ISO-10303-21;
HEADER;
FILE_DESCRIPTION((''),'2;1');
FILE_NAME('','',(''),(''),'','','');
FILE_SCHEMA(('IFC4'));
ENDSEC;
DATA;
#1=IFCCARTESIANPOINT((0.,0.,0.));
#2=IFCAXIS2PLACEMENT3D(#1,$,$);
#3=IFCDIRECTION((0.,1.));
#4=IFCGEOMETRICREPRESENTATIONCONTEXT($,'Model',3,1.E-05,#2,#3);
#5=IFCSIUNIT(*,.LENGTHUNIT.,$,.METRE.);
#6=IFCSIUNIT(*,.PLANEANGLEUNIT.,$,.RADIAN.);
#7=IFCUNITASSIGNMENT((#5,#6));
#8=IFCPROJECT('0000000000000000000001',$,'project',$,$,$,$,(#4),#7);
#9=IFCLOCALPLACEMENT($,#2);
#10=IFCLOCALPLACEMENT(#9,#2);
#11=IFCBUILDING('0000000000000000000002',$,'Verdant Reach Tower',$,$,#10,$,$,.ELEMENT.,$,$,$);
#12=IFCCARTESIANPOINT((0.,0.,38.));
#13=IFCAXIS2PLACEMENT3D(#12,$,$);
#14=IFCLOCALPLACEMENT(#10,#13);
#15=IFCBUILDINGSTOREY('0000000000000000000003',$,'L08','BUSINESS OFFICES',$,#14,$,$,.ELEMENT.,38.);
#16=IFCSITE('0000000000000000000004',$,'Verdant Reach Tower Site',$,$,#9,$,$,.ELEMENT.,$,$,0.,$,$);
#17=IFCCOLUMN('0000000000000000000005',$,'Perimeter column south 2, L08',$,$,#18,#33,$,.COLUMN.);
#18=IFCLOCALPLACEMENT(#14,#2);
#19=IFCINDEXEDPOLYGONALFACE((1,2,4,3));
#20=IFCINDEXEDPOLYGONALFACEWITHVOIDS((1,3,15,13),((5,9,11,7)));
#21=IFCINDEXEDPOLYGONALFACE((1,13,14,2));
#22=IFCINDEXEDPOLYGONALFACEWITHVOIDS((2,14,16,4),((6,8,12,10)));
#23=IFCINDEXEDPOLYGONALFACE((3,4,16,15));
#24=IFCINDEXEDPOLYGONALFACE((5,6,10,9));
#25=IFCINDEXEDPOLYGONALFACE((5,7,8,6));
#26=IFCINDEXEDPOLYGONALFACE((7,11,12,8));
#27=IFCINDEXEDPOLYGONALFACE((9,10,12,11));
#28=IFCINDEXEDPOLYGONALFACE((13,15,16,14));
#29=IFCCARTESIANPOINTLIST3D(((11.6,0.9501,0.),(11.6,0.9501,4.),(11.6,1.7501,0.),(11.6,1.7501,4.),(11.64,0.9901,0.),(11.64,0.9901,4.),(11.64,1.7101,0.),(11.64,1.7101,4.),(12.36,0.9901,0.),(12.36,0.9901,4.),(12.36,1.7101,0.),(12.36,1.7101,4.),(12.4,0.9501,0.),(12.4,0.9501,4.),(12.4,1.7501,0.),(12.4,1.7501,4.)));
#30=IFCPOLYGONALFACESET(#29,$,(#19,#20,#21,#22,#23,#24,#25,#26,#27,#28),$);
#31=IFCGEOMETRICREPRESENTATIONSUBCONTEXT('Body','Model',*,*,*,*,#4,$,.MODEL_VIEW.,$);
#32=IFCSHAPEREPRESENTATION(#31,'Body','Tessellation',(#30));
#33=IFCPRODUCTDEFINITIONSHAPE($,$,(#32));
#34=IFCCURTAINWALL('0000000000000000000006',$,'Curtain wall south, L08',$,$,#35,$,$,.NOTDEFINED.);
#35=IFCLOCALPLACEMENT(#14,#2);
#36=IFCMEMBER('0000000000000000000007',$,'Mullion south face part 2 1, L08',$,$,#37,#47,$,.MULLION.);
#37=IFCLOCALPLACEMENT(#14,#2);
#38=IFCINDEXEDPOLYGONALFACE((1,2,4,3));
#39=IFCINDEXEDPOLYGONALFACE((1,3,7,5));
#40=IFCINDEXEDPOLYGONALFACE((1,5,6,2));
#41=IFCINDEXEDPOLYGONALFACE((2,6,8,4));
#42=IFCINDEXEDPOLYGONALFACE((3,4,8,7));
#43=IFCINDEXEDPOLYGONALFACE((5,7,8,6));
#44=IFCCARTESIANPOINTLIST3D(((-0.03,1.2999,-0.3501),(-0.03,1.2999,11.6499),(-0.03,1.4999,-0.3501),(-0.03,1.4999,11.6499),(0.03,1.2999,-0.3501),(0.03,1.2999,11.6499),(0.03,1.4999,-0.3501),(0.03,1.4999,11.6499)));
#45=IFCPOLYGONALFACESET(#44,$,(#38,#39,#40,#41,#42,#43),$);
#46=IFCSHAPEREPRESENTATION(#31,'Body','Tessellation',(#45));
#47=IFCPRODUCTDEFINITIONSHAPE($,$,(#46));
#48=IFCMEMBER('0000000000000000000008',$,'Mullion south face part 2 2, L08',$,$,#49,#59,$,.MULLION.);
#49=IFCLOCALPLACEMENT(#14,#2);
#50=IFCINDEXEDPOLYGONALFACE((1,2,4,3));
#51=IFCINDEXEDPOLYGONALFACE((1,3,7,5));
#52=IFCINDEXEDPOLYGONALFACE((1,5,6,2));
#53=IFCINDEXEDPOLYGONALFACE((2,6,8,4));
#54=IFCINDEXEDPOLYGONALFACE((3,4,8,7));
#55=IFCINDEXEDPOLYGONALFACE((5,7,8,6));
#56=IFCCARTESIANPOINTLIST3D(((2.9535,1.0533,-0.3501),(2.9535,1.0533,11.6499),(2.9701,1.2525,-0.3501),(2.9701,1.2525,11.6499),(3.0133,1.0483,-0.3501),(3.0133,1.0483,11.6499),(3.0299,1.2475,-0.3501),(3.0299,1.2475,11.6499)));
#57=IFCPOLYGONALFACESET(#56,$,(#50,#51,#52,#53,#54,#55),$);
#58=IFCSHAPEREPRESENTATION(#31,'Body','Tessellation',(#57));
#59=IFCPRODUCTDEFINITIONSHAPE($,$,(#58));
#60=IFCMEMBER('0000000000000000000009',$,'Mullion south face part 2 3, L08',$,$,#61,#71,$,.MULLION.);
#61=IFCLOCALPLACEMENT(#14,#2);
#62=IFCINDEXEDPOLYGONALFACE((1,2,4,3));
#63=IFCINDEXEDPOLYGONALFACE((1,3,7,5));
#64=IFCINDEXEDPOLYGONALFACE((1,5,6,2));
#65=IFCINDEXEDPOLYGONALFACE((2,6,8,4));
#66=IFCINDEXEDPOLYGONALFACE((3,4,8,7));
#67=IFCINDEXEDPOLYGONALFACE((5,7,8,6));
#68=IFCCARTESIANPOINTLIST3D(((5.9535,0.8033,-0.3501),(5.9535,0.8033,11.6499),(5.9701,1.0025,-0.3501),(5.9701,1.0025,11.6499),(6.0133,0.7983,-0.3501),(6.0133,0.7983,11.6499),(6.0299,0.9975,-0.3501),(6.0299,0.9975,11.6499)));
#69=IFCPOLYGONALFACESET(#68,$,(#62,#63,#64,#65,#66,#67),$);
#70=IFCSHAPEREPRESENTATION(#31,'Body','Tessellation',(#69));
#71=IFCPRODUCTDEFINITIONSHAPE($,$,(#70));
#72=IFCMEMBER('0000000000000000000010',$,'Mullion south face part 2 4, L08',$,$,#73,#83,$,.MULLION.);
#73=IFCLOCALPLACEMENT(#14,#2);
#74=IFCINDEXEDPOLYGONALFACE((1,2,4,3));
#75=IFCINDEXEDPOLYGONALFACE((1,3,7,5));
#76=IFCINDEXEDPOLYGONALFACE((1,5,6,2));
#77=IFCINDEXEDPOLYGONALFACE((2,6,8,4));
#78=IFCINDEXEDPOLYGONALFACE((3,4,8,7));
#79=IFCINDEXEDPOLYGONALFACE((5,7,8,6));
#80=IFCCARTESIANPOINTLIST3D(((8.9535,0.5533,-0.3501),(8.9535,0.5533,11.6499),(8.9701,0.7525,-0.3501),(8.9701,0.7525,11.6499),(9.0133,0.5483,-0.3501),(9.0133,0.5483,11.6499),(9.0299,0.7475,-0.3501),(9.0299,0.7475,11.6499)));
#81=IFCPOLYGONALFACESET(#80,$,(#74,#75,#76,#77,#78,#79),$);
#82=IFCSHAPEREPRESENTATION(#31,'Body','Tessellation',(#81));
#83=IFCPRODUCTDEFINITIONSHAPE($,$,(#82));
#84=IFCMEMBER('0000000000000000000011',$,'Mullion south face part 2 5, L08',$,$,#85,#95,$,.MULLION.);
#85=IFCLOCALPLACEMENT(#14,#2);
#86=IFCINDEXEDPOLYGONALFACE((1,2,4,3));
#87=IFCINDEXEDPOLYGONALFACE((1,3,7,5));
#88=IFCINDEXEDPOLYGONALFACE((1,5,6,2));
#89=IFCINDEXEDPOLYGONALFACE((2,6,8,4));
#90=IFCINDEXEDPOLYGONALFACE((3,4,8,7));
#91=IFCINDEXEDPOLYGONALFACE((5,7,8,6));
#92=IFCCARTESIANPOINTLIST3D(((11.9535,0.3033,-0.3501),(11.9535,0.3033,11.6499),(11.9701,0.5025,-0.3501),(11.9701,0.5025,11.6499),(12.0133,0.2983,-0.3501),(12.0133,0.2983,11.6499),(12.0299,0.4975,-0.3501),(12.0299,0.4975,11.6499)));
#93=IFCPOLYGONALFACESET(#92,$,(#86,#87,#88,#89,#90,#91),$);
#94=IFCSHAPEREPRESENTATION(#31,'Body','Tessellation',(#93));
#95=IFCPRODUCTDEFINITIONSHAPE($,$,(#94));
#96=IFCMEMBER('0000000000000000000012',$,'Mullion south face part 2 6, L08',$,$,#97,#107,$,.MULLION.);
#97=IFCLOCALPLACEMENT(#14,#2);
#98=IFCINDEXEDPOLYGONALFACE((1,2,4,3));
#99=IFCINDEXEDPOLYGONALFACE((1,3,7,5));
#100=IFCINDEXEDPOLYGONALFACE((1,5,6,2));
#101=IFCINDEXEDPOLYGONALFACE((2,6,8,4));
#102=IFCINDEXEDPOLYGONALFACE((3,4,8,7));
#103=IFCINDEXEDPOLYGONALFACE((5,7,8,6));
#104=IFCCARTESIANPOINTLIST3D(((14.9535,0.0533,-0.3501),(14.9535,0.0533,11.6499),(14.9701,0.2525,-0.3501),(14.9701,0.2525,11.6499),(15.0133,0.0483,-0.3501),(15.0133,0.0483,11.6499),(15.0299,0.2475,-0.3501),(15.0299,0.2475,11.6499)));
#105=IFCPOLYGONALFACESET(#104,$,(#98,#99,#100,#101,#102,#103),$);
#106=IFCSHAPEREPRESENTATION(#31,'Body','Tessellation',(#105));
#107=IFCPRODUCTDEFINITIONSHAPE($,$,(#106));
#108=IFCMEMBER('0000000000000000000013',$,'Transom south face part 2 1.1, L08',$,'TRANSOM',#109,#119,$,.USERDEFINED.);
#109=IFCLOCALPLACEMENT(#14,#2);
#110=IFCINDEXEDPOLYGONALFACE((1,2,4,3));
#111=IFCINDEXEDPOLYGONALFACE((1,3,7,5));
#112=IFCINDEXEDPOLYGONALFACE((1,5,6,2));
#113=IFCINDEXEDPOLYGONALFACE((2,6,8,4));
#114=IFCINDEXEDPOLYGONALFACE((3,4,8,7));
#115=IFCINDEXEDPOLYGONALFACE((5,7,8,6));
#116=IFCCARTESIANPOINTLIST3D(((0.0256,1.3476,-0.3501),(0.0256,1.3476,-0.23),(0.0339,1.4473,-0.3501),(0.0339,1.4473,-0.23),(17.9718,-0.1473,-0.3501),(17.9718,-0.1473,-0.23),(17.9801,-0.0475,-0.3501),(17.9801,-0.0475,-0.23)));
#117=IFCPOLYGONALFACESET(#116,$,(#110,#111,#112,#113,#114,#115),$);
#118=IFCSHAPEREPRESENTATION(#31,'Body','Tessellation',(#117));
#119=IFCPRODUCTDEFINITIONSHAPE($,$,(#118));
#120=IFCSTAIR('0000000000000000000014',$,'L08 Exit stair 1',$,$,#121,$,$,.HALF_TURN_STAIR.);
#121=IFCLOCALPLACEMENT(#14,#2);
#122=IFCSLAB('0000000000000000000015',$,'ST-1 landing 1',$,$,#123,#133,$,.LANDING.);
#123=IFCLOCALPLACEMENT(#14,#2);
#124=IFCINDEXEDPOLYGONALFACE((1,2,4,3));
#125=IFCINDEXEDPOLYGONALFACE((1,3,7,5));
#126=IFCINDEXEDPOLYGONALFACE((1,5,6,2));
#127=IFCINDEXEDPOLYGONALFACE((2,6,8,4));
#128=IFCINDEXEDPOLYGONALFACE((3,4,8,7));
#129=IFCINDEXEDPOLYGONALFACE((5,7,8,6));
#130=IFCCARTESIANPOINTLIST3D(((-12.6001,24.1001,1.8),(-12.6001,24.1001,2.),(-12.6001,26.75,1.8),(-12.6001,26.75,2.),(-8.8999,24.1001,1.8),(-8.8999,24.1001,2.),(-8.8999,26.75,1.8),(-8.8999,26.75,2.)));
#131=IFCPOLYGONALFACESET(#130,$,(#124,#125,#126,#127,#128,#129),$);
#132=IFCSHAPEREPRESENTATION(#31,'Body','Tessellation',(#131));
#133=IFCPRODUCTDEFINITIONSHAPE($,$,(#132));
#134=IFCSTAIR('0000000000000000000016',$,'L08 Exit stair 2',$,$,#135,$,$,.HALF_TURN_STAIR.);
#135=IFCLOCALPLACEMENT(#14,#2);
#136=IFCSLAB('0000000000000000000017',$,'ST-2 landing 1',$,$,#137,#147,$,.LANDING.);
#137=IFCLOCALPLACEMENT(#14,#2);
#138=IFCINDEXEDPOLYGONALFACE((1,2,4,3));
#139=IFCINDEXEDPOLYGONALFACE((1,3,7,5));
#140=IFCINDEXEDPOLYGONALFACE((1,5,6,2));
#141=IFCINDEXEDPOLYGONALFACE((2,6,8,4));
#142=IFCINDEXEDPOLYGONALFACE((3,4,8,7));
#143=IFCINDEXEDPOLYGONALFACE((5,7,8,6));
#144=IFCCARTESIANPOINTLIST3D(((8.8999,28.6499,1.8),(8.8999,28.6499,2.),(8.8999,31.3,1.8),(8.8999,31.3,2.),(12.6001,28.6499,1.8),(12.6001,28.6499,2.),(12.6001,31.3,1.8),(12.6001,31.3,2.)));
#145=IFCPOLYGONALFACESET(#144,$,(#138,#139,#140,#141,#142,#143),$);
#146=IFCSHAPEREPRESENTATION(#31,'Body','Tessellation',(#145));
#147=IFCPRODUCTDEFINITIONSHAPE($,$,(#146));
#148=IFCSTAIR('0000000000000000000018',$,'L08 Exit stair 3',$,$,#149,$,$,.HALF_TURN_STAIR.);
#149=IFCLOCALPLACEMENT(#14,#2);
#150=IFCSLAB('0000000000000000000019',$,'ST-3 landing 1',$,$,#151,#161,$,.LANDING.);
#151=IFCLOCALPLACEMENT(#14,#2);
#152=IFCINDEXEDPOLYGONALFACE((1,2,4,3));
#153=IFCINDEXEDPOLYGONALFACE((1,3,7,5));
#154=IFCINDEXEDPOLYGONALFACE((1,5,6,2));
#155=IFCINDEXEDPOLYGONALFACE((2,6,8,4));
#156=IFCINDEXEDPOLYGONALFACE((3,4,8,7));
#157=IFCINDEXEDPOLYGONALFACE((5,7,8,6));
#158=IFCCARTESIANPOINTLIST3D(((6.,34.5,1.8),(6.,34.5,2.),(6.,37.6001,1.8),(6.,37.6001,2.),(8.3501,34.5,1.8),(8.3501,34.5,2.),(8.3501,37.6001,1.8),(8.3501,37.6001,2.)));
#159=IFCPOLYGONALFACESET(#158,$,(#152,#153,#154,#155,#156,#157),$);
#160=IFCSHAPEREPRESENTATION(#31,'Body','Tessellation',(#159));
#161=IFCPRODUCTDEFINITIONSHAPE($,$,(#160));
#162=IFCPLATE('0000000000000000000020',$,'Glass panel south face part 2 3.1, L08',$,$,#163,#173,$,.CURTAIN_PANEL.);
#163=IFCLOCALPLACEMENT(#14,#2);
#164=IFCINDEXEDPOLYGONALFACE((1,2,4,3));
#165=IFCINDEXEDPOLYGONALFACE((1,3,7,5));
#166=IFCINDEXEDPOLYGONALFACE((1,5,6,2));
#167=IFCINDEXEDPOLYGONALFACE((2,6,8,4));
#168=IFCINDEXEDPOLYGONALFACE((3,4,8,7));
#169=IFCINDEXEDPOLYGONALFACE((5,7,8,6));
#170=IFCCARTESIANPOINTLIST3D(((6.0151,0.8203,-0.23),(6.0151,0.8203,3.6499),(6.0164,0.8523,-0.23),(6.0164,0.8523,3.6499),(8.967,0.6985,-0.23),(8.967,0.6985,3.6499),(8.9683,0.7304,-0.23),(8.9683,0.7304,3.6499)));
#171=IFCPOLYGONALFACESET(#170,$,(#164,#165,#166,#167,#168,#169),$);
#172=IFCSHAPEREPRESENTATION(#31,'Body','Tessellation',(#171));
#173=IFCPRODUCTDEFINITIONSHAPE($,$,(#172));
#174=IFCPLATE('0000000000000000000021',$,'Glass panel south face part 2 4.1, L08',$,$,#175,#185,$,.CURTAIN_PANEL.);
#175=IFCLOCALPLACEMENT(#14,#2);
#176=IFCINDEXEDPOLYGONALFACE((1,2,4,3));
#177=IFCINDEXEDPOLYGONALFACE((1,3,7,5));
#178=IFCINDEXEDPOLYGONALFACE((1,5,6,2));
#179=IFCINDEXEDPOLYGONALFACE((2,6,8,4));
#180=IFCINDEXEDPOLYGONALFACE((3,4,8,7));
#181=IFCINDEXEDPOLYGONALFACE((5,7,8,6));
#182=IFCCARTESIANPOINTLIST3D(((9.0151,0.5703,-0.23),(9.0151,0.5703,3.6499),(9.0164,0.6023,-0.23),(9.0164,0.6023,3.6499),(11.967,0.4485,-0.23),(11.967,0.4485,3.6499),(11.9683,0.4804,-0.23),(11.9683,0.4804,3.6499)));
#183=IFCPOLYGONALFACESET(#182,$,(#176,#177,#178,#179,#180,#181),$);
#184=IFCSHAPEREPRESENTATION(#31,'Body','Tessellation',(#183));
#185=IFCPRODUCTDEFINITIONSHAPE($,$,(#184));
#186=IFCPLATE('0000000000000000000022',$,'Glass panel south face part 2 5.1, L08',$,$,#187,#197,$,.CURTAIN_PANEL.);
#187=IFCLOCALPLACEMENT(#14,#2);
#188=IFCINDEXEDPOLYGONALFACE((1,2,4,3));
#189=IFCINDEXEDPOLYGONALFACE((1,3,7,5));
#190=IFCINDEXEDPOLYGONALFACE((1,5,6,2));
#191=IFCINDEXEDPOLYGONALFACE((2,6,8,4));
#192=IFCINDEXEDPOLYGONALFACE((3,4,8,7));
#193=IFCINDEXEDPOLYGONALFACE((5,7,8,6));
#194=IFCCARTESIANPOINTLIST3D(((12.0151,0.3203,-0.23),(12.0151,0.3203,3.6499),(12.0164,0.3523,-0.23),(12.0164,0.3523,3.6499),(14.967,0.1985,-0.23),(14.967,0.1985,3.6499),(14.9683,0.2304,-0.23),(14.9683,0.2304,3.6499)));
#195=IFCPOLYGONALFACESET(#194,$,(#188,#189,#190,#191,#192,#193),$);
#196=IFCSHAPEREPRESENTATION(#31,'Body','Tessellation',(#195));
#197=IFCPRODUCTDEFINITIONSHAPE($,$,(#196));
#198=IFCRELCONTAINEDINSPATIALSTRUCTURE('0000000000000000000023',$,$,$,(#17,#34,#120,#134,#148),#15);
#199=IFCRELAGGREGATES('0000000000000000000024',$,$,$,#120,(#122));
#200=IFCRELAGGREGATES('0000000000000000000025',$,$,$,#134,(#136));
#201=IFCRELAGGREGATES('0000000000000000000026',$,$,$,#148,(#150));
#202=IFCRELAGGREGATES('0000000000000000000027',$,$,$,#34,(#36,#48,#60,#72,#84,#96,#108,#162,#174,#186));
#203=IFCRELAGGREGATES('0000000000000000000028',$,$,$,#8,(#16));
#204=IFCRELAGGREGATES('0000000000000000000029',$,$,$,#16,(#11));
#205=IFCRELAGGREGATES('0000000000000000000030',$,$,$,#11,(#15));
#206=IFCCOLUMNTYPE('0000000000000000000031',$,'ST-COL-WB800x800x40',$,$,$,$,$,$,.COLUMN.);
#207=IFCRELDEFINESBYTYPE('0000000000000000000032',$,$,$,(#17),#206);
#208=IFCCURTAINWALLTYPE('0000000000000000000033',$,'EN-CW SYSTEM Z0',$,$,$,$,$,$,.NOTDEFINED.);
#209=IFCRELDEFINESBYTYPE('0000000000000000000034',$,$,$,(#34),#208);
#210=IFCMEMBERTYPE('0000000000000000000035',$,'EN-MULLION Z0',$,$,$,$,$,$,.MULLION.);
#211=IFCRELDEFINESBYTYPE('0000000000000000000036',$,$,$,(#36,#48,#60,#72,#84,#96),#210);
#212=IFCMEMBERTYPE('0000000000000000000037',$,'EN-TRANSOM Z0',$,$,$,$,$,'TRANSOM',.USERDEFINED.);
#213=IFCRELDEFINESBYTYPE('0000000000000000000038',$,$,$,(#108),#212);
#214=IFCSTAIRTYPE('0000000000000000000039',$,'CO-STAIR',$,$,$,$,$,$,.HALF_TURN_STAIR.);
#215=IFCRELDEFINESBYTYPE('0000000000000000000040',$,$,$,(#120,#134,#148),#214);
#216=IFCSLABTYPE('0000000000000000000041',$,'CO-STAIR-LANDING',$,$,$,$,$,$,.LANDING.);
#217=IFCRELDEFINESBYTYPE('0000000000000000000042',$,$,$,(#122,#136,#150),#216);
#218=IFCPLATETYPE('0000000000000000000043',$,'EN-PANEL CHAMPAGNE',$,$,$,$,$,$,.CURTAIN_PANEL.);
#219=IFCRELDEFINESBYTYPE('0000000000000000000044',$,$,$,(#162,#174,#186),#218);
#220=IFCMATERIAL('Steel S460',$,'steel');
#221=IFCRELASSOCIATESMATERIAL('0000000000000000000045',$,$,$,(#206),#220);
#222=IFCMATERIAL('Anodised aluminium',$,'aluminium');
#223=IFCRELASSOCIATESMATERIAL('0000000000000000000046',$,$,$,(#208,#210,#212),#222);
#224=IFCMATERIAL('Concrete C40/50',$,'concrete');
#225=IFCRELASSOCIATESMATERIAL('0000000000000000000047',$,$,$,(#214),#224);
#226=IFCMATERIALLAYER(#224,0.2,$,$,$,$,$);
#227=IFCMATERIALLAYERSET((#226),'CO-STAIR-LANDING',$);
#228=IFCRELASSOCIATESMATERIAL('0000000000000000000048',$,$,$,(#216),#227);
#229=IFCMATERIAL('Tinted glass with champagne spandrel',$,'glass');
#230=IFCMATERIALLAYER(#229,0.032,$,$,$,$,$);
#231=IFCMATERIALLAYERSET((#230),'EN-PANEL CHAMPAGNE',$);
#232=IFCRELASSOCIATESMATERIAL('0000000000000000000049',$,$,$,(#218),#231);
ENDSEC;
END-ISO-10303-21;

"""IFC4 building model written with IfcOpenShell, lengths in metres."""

from ifc_helpers import new_model, si_unit, direction, frame, origin, origin_2d, place, context, subcontext, project, spatial, polyline, rectangle, hollow_rectangle, outline, extrude, material, layer, layer_set, material_profile, profile_set, type_object, element, aggregate, save


model = new_model("IFC4")

# Units and contexts
model_context = context("Model", 3, precision=1e-05, world=origin(), true_north=direction((0.0, 1.0)))
body_context = subcontext(model_context, "Body", "Model", "MODEL_VIEW")
ifc_project = project(units=[si_unit("LENGTHUNIT", "METRE"), si_unit("PLANEANGLEUNIT", "RADIAN")], contexts=[model_context])

# Site, building, storey
site_placement = place(None, origin())
site = spatial("IfcSite", under=ifc_project, at=site_placement, Name="Verdant Reach Tower Site", CompositionType="ELEMENT", RefElevation=0.0)
building_placement = place(site_placement, origin())
building = spatial("IfcBuilding", under=site, at=building_placement, Name="Verdant Reach Tower", CompositionType="ELEMENT")
storey_placement = place(building_placement, frame((0.0, 0.0, 38.0)))
storey = spatial("IfcBuildingStorey", under=building, at=storey_placement, Name="L08", Description="BUSINESS OFFICES", CompositionType="ELEMENT", Elevation=38.0)

# Column
ifc_material_1 = material(Name="Steel S460", Category="steel")
ifc_material_profile_1 = material_profile(ifc_material_1, hollow_rectangle(XDim=0.8, YDim=0.8, WallThickness=0.04, at=origin_2d()), Name="WB 800x800x40")
ifc_profile_set_1 = profile_set([ifc_material_profile_1], Name="Steel S460")
column_type = type_object("IfcColumnType", Name="ST-COL-WB800x800x40", PredefinedType="COLUMN", material=ifc_profile_set_1)
column_placement = place(storey_placement, frame((12.0, 1.3501, 0.0), z_axis=(0.0, 0.0, 1.0), x_axis=(1.0, 0.0, 0.0)))
element("IfcColumn", 1, at=column_placement, inside=storey, type_object=column_type, Name="Perimeter column south 2, L08", PredefinedType="COLUMN", context=body_context, shape_type="SweptSolid", body=[
    extrude(hollow_rectangle(XDim=0.8, YDim=0.8, WallThickness=0.04, at=origin_2d()), origin(), (0.0, 0.0, 1.0), 4.0),
])

# Curtain wall, members
ifc_material_2 = material(Name="Anodised aluminium", Category="aluminium")
curtain_wall_type = type_object("IfcCurtainWallType", Name="EN-CW SYSTEM Z0", PredefinedType="NOTDEFINED", material=ifc_material_2)
curtain_wall_placement = place(storey_placement, origin())
curtain_wall = element("IfcCurtainWall", 2, at=curtain_wall_placement, inside=storey, type_object=curtain_wall_type, Name="Curtain wall south, L08", PredefinedType="NOTDEFINED")
ifc_material_profile_2 = material_profile(ifc_material_2, rectangle(XDim=0.2, YDim=0.0601, at=origin_2d()), Name="Mullion 60x200")
ifc_profile_set_2 = profile_set([ifc_material_profile_2], Name="Anodised aluminium")
member_type_1 = type_object("IfcMemberType", Name="EN-MULLION Z0", PredefinedType="MULLION", material=ifc_profile_set_2)
member_1_placement = place(storey_placement, frame((0.0, 1.3999, -0.3501), z_axis=(0.0, 0.0, 1.0), x_axis=(0.0, -1.0, 0.0)))
member_1 = element("IfcMember", 3, at=member_1_placement, type_object=member_type_1, Name="Mullion south face part 2 1, L08", PredefinedType="MULLION", context=body_context, shape_type="SweptSolid", body=[
    extrude(rectangle(XDim=0.2, YDim=0.0601, at=origin_2d()), origin(), (0.0, 0.0, 1.0), 12.0),
])
member_2_placement = place(storey_placement, frame((2.9917, 1.1504, -0.3501), z_axis=(0.0, 0.0, 1.0), x_axis=(-0.083045, -0.996546, 0.0)))
member_2 = element("IfcMember", 4, at=member_2_placement, type_object=member_type_1, Name="Mullion south face part 2 2, L08", PredefinedType="MULLION", context=body_context, shape_type="SweptSolid", body=[
    extrude(rectangle(XDim=0.2, YDim=0.0601, at=origin_2d()), origin(), (0.0, 0.0, 1.0), 12.0),
])
member_3_placement = place(storey_placement, frame((5.9917, 0.9004, -0.3501), z_axis=(0.0, 0.0, 1.0), x_axis=(-0.083045, -0.996546, 0.0)))
member_3 = element("IfcMember", 5, at=member_3_placement, type_object=member_type_1, Name="Mullion south face part 2 3, L08", PredefinedType="MULLION", context=body_context, shape_type="SweptSolid", body=[
    extrude(rectangle(XDim=0.2, YDim=0.0601, at=origin_2d()), origin(), (0.0, 0.0, 1.0), 12.0),
])
member_4_placement = place(storey_placement, frame((8.9917, 0.6504, -0.3501), z_axis=(0.0, 0.0, 1.0), x_axis=(-0.083045, -0.996546, 0.0)))
member_4 = element("IfcMember", 6, at=member_4_placement, type_object=member_type_1, Name="Mullion south face part 2 4, L08", PredefinedType="MULLION", context=body_context, shape_type="SweptSolid", body=[
    extrude(rectangle(XDim=0.2, YDim=0.0601, at=origin_2d()), origin(), (0.0, 0.0, 1.0), 12.0),
])
member_5_placement = place(storey_placement, frame((11.9917, 0.4004, -0.3501), z_axis=(0.0, 0.0, 1.0), x_axis=(-0.083045, -0.996546, 0.0)))
member_5 = element("IfcMember", 7, at=member_5_placement, type_object=member_type_1, Name="Mullion south face part 2 5, L08", PredefinedType="MULLION", context=body_context, shape_type="SweptSolid", body=[
    extrude(rectangle(XDim=0.2, YDim=0.0601, at=origin_2d()), origin(), (0.0, 0.0, 1.0), 12.0),
])
member_6_placement = place(storey_placement, frame((14.9917, 0.1504, -0.3501), z_axis=(0.0, 0.0, 1.0), x_axis=(-0.083045, -0.996546, 0.0)))
member_6 = element("IfcMember", 8, at=member_6_placement, type_object=member_type_1, Name="Mullion south face part 2 6, L08", PredefinedType="MULLION", context=body_context, shape_type="SweptSolid", body=[
    extrude(rectangle(XDim=0.2, YDim=0.0601, at=origin_2d()), origin(), (0.0, 0.0, 1.0), 12.0),
])
ifc_material_profile_3 = material_profile(ifc_material_2, rectangle(XDim=0.1001, YDim=0.1201, at=origin_2d()), Name="Transom 120x100")
ifc_profile_set_3 = profile_set([ifc_material_profile_3], Name="Anodised aluminium")
member_type_2 = type_object("IfcMemberType", Name="EN-TRANSOM Z0", ElementType="TRANSOM", PredefinedType="USERDEFINED", material=ifc_profile_set_3)
member_7_placement = place(storey_placement, frame((0.0298, 1.3975, -0.29), z_axis=(0.996549, -0.083011, 0.0), x_axis=(0.083011, 0.996549, 0.0)))
member_7 = element("IfcMember", 9, at=member_7_placement, type_object=member_type_2, Name="Transom south face part 2 1.1, L08", ObjectType="TRANSOM", PredefinedType="USERDEFINED", context=body_context, shape_type="SweptSolid", body=[
    extrude(rectangle(XDim=0.1001, YDim=0.1201, at=origin_2d()), origin(), (0.0, 0.0, 1.0), 18.0083),
])

# Stairs, slabs
ifc_material_3 = material(Name="Concrete C40/50", Category="concrete")
stair_type = type_object("IfcStairType", Name="CO-STAIR", PredefinedType="HALF_TURN_STAIR", material=ifc_material_3)
stair_1_placement = place(storey_placement, origin())
stair_1 = element("IfcStair", 10, at=stair_1_placement, inside=storey, type_object=stair_type, Name="L08 Exit stair 1", PredefinedType="HALF_TURN_STAIR")
ifc_layer_1 = layer(ifc_material_3, 0.2)
ifc_layer_set_1 = layer_set([ifc_layer_1], Name="CO-STAIR-LANDING")
slab_type = type_object("IfcSlabType", Name="CO-STAIR-LANDING", PredefinedType="LANDING", material=ifc_layer_set_1)
slab_1_placement = place(storey_placement, frame((0.0, 0.0, 1.8)))
slab_1 = element("IfcSlab", 11, at=slab_1_placement, type_object=slab_type, Name="ST-1 landing 1", PredefinedType="LANDING", context=body_context, shape_type="SweptSolid", body=[
    extrude(outline(polyline([(-12.6001, 26.75), (-12.6001, 24.1001), (-8.8999, 24.1001), (-8.8999, 26.75), (-12.6001, 26.75)])), origin(), (0.0, 0.0, 1.0), 0.2),
])
aggregate(stair_1, [slab_1])
stair_2_placement = place(storey_placement, origin())
stair_2 = element("IfcStair", 12, at=stair_2_placement, inside=storey, type_object=stair_type, Name="L08 Exit stair 2", PredefinedType="HALF_TURN_STAIR")
slab_2_placement = place(storey_placement, frame((0.0, 0.0, 1.8)))
slab_2 = element("IfcSlab", 13, at=slab_2_placement, type_object=slab_type, Name="ST-2 landing 1", PredefinedType="LANDING", context=body_context, shape_type="SweptSolid", body=[
    extrude(outline(polyline([(12.6001, 28.6499), (12.6001, 31.3), (8.8999, 31.3), (8.8999, 28.6499), (12.6001, 28.6499)])), origin(), (0.0, 0.0, 1.0), 0.2),
])
aggregate(stair_2, [slab_2])
stair_3_placement = place(storey_placement, origin())
stair_3 = element("IfcStair", 14, at=stair_3_placement, inside=storey, type_object=stair_type, Name="L08 Exit stair 3", PredefinedType="HALF_TURN_STAIR")
slab_3_placement = place(storey_placement, frame((0.0, 0.0, 1.8)))
slab_3 = element("IfcSlab", 15, at=slab_3_placement, type_object=slab_type, Name="ST-3 landing 1", PredefinedType="LANDING", context=body_context, shape_type="SweptSolid", body=[
    extrude(outline(polyline([(8.3501, 37.6001), (6.0, 37.6001), (6.0, 34.5), (8.3501, 34.5), (8.3501, 37.6001)])), origin(), (0.0, 0.0, 1.0), 0.2),
])
aggregate(stair_3, [slab_3])

# Plates
ifc_material_4 = material(Name="Tinted glass with champagne spandrel", Category="glass")
ifc_layer_2 = layer(ifc_material_4, 0.032)
ifc_layer_set_2 = layer_set([ifc_layer_2], Name="EN-PANEL CHAMPAGNE")
plate_type_1 = type_object("IfcPlateType", Name="EN-PANEL CHAMPAGNE", PredefinedType="CURTAIN_PANEL", material=ifc_layer_set_2)
plate_1_placement = place(storey_placement, frame((7.4917, 0.7754, -0.23), z_axis=(0.0, 0.0, 1.0), x_axis=(0.999149, -0.041242, 0.0)))
plate_1 = element("IfcPlate", 16, at=plate_1_placement, type_object=plate_type_1, Name="Glass panel south face part 2 3.1, L08", PredefinedType="CURTAIN_PANEL", context=body_context, shape_type="SweptSolid", body=[
    extrude(rectangle(XDim=2.9543, YDim=0.032, at=origin_2d()), origin(), (0.0, 0.0, 1.0), 3.8799),
])
plate_2_placement = place(storey_placement, frame((10.4917, 0.5254, -0.23), z_axis=(0.0, 0.0, 1.0), x_axis=(0.999149, -0.041242, 0.0)))
plate_2 = element("IfcPlate", 17, at=plate_2_placement, type_object=plate_type_1, Name="Glass panel south face part 2 4.1, L08", PredefinedType="CURTAIN_PANEL", context=body_context, shape_type="SweptSolid", body=[
    extrude(rectangle(XDim=2.9543, YDim=0.032, at=origin_2d()), origin(), (0.0, 0.0, 1.0), 3.8799),
])
plate_3_placement = place(storey_placement, frame((13.4917, 0.2754, -0.23), z_axis=(0.0, 0.0, 1.0), x_axis=(0.999149, -0.041242, 0.0)))
plate_3 = element("IfcPlate", 18, at=plate_3_placement, type_object=plate_type_1, Name="Glass panel south face part 2 5.1, L08", PredefinedType="CURTAIN_PANEL", context=body_context, shape_type="SweptSolid", body=[
    extrude(rectangle(XDim=2.9543, YDim=0.032, at=origin_2d()), origin(), (0.0, 0.0, 1.0), 3.8799),
])
aggregate(curtain_wall, [member_1, member_2, member_3, member_4, member_5, member_6, member_7, plate_1, plate_2, plate_3])

save(model, "model.ifc")
